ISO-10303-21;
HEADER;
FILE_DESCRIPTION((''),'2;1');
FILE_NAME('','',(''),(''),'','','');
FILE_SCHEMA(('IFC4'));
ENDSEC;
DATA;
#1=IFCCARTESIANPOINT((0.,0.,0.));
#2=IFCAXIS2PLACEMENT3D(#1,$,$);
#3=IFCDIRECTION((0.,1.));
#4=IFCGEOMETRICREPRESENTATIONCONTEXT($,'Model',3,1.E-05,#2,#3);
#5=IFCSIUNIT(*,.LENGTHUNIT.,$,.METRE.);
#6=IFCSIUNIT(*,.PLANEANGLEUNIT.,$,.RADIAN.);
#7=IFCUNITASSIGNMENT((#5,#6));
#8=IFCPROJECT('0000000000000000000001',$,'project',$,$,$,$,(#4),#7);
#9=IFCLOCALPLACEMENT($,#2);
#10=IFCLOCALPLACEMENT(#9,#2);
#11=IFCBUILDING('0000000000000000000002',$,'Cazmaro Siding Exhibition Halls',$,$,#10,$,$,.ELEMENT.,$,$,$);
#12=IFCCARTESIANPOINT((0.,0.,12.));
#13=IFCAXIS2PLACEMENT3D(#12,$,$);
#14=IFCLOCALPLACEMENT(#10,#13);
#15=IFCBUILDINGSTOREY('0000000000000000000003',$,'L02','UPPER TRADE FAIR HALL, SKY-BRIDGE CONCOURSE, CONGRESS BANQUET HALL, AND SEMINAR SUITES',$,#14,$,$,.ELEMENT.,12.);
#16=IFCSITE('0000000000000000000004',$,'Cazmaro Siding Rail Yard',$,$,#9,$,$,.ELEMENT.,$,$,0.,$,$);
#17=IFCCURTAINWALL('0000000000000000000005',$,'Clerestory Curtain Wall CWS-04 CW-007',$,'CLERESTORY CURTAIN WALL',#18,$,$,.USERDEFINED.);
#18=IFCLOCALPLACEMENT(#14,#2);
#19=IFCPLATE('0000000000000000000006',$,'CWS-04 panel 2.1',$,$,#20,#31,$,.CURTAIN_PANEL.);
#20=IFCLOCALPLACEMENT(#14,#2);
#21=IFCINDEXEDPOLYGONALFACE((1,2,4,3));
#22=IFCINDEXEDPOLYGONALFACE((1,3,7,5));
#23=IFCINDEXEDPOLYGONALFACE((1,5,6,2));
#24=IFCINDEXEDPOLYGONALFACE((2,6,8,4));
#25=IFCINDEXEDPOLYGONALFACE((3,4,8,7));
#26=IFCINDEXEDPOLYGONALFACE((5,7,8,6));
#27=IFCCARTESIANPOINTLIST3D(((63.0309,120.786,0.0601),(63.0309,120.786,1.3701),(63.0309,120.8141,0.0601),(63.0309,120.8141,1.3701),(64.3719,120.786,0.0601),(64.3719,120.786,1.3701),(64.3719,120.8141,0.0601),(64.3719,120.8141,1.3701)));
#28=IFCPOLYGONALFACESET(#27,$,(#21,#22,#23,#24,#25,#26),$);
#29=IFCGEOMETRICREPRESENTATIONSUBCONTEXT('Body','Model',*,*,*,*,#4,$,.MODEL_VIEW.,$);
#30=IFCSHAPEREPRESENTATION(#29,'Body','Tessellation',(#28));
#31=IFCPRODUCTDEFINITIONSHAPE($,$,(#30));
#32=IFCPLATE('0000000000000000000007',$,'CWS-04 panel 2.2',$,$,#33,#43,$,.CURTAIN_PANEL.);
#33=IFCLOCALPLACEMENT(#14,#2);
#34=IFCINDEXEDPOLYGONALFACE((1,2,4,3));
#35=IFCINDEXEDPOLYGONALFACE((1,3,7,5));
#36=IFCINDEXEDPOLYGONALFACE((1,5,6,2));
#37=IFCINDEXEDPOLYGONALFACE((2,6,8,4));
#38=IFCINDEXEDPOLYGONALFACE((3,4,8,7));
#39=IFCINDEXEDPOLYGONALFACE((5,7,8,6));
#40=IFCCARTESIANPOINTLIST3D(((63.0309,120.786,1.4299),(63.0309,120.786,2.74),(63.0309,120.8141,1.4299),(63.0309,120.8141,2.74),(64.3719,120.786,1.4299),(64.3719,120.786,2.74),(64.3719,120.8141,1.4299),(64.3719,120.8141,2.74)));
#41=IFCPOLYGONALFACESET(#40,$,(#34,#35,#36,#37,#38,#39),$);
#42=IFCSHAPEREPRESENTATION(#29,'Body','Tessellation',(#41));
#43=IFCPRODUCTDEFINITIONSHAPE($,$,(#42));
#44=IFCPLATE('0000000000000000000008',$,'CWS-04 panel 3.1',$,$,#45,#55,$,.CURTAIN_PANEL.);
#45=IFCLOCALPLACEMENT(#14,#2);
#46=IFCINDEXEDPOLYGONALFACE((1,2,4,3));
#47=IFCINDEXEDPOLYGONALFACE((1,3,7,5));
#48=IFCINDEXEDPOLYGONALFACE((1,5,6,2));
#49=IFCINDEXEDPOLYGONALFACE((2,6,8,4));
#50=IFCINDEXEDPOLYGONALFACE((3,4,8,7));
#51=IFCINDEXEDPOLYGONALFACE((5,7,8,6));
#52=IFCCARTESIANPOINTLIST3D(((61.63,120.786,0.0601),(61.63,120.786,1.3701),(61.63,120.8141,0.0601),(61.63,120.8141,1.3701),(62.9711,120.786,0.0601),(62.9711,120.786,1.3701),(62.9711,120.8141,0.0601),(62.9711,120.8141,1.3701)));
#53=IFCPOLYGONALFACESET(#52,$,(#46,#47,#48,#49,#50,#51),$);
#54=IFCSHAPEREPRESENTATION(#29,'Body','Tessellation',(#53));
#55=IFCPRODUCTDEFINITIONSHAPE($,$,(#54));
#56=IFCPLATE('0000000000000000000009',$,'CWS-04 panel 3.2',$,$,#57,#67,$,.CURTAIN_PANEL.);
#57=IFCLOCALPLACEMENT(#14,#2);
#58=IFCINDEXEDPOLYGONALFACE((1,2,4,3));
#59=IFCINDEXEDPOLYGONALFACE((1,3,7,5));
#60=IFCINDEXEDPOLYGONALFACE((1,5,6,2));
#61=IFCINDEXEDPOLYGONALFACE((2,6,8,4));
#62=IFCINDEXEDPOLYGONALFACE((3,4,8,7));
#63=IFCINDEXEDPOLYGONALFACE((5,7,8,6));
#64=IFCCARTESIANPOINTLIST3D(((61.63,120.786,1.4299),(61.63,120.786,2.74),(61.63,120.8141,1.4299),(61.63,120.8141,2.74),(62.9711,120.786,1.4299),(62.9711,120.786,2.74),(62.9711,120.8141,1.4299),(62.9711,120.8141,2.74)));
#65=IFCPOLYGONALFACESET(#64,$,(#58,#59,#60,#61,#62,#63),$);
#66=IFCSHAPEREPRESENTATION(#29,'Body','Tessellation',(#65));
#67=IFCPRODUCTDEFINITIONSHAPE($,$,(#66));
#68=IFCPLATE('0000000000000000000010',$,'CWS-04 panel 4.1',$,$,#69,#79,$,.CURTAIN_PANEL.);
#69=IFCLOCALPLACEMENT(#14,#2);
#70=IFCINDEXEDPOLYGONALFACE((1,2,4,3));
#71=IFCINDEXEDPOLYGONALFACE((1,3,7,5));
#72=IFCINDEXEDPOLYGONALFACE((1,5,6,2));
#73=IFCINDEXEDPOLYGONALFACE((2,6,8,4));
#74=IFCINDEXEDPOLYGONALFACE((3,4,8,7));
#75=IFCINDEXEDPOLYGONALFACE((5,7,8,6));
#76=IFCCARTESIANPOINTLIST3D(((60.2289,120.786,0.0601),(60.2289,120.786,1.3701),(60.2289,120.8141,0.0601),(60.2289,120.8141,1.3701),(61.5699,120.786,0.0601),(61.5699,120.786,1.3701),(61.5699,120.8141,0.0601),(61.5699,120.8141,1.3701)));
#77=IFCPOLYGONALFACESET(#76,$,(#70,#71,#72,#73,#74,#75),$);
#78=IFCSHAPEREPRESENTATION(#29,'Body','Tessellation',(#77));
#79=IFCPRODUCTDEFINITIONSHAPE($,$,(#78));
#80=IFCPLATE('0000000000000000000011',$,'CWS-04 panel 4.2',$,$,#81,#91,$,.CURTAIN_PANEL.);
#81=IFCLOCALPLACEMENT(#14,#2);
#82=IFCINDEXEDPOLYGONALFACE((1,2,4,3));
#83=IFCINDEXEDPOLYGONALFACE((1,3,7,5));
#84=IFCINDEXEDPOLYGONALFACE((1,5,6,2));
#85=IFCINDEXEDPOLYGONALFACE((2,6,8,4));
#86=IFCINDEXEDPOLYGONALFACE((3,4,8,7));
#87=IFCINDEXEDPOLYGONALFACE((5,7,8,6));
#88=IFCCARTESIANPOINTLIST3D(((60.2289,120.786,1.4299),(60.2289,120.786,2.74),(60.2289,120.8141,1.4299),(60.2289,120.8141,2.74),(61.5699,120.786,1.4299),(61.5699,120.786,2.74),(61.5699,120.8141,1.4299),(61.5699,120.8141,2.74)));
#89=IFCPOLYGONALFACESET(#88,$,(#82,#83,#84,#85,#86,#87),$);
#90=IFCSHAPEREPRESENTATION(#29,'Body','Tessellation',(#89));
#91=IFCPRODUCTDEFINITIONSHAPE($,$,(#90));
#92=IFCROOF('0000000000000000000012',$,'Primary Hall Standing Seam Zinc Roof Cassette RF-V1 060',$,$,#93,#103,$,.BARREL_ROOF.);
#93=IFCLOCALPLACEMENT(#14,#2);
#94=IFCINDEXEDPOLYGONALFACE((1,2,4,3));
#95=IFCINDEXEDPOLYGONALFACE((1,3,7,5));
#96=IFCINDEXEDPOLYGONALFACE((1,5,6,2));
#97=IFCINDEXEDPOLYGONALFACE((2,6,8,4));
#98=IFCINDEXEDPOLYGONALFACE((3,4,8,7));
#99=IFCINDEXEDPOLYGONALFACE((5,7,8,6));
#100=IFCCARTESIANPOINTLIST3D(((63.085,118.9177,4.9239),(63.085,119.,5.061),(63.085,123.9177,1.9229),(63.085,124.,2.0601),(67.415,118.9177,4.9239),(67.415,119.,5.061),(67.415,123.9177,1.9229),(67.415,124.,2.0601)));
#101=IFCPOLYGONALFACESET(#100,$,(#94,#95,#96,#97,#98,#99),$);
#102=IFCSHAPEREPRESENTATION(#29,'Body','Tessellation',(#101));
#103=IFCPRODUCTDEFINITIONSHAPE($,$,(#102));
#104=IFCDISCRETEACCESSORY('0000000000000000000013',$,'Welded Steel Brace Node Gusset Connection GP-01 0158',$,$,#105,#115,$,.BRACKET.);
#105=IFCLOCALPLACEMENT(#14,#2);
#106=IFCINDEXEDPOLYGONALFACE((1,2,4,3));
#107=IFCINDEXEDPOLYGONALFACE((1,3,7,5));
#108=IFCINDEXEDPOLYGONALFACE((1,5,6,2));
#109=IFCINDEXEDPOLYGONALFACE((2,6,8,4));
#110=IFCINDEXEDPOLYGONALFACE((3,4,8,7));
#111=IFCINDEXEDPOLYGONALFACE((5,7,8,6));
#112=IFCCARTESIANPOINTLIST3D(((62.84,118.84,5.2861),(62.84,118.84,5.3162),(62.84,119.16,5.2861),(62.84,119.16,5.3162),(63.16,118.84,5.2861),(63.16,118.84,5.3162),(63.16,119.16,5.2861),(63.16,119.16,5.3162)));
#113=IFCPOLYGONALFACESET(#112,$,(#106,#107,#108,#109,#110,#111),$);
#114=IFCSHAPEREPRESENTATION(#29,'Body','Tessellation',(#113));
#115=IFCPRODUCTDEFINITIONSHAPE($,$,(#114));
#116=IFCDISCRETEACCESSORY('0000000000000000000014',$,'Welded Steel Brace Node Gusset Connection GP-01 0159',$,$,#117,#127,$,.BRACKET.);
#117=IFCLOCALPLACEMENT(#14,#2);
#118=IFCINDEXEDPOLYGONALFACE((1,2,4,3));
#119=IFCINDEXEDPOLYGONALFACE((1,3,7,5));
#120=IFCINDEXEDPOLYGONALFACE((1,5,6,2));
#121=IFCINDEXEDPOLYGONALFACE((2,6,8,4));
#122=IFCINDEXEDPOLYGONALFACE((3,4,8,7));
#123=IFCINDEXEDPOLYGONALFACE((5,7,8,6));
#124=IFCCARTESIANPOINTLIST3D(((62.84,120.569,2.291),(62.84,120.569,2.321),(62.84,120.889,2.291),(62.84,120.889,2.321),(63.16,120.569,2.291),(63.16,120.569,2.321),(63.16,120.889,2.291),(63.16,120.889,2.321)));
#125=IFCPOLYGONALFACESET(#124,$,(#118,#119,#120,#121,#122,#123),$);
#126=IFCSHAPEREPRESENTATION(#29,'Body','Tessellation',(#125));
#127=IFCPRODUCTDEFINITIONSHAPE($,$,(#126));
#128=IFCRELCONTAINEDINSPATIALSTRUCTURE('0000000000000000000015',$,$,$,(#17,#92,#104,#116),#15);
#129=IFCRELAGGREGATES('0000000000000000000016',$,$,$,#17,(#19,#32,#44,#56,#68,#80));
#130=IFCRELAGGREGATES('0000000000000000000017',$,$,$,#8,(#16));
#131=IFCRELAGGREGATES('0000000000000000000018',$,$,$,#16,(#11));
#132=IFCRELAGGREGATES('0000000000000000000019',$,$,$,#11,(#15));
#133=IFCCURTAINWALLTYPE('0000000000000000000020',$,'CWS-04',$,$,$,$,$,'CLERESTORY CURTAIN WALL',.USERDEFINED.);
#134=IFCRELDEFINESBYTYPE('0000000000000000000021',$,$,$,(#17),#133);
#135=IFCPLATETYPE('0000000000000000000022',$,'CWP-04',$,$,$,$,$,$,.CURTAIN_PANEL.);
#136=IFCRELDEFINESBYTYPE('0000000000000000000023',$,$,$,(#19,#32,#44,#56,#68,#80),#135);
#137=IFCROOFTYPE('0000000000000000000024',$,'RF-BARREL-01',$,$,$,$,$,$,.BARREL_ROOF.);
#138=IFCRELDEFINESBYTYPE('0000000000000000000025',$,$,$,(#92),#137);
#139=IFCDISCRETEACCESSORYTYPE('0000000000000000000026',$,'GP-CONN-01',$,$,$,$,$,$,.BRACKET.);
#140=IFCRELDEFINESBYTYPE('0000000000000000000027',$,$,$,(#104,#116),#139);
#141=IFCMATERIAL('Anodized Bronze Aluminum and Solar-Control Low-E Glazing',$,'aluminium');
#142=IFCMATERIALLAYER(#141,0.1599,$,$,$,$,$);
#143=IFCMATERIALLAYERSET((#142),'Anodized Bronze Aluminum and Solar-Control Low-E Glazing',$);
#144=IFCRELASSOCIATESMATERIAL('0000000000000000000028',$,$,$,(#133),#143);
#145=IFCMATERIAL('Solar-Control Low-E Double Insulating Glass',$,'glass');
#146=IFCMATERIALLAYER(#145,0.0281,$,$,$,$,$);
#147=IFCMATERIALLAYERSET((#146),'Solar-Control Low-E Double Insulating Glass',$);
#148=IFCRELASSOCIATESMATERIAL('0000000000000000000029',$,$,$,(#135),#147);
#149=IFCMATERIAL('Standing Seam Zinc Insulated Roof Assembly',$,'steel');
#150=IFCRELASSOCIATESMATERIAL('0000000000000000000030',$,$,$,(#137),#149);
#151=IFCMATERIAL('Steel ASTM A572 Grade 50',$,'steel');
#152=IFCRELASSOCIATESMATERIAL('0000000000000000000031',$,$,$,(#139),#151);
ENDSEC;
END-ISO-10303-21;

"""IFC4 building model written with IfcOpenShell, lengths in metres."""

from ifc_helpers import new_model, si_unit, direction, frame, origin, origin_2d, place, context, subcontext, project, spatial, polyline, rectangle, outline, extrude, material, layer, layer_set, type_object, element, aggregate, save


model = new_model("IFC4")

# Units and contexts
model_context = context("Model", 3, precision=1e-05, world=origin(), true_north=direction((0.0, 1.0)))
body_context = subcontext(model_context, "Body", "Model", "MODEL_VIEW")
ifc_project = project(units=[si_unit("LENGTHUNIT", "METRE"), si_unit("PLANEANGLEUNIT", "RADIAN")], contexts=[model_context])

# Site, building, storey
site_placement = place(None, origin())
site = spatial("IfcSite", under=ifc_project, at=site_placement, Name="Cazmaro Siding Rail Yard", CompositionType="ELEMENT", RefElevation=0.0)
building_placement = place(site_placement, origin())
building = spatial("IfcBuilding", under=site, at=building_placement, Name="Cazmaro Siding Exhibition Halls", CompositionType="ELEMENT")
storey_placement = place(building_placement, frame((0.0, 0.0, 12.0)))
storey = spatial("IfcBuildingStorey", under=building, at=storey_placement, Name="L02", Description="UPPER TRADE FAIR HALL, SKY-BRIDGE CONCOURSE, CONGRESS BANQUET HALL, AND SEMINAR SUITES", CompositionType="ELEMENT", Elevation=12.0)

# Curtain wall
ifc_material_1 = material(Name="Anodized Bronze Aluminum and Solar-Control Low-E Glazing", Category="aluminium")
ifc_layer_1 = layer(ifc_material_1, 0.1599)
ifc_layer_set_1 = layer_set([ifc_layer_1], Name="Anodized Bronze Aluminum and Solar-Control Low-E Glazing")
curtain_wall_type = type_object("IfcCurtainWallType", Name="CWS-04", ElementType="CLERESTORY CURTAIN WALL", PredefinedType="USERDEFINED", material=ifc_layer_set_1)
curtain_wall_placement = place(storey_placement, origin())
curtain_wall = element("IfcCurtainWall", 1, at=curtain_wall_placement, inside=storey, type_object=curtain_wall_type, Name="Clerestory Curtain Wall CWS-04 CW-007", ObjectType="CLERESTORY CURTAIN WALL", PredefinedType="USERDEFINED")

# Plates
ifc_material_2 = material(Name="Solar-Control Low-E Double Insulating Glass", Category="glass")
ifc_layer_2 = layer(ifc_material_2, 0.0281)
ifc_layer_set_2 = layer_set([ifc_layer_2], Name="Solar-Control Low-E Double Insulating Glass")
plate_type_1 = type_object("IfcPlateType", Name="CWP-04", PredefinedType="CURTAIN_PANEL", material=ifc_layer_set_2)
plate_1_placement = place(storey_placement, frame((63.7014, 120.8, 0.0601), z_axis=(0.0, 0.0, 1.0), x_axis=(-1.0, 0.0, 0.0)))
plate_1 = element("IfcPlate", 2, at=plate_1_placement, type_object=plate_type_1, Name="CWS-04 panel 2.1", PredefinedType="CURTAIN_PANEL", context=body_context, shape_type="SweptSolid", body=[
    extrude(rectangle(XDim=1.3411, YDim=0.0281, at=origin_2d()), origin(), (0.0, 0.0, 1.0), 1.3101),
])
plate_2_placement = place(storey_placement, frame((63.7014, 120.8, 1.4299), z_axis=(0.0, 0.0, 1.0), x_axis=(-1.0, 0.0, 0.0)))
plate_2 = element("IfcPlate", 3, at=plate_2_placement, type_object=plate_type_1, Name="CWS-04 panel 2.2", PredefinedType="CURTAIN_PANEL", context=body_context, shape_type="SweptSolid", body=[
    extrude(rectangle(XDim=1.3411, YDim=0.0281, at=origin_2d()), origin(), (0.0, 0.0, 1.0), 1.3101),
])
plate_3_placement = place(storey_placement, frame((62.3005, 120.8, 0.0601), z_axis=(0.0, 0.0, 1.0), x_axis=(-1.0, 0.0, 0.0)))
plate_3 = element("IfcPlate", 4, at=plate_3_placement, type_object=plate_type_1, Name="CWS-04 panel 3.1", PredefinedType="CURTAIN_PANEL", context=body_context, shape_type="SweptSolid", body=[
    extrude(rectangle(XDim=1.3411, YDim=0.0281, at=origin_2d()), origin(), (0.0, 0.0, 1.0), 1.3101),
])
plate_4_placement = place(storey_placement, frame((62.3005, 120.8, 1.4299), z_axis=(0.0, 0.0, 1.0), x_axis=(-1.0, 0.0, 0.0)))
plate_4 = element("IfcPlate", 5, at=plate_4_placement, type_object=plate_type_1, Name="CWS-04 panel 3.2", PredefinedType="CURTAIN_PANEL", context=body_context, shape_type="SweptSolid", body=[
    extrude(rectangle(XDim=1.3411, YDim=0.0281, at=origin_2d()), origin(), (0.0, 0.0, 1.0), 1.3101),
])
plate_5_placement = place(storey_placement, frame((60.8994, 120.8, 0.0601), z_axis=(0.0, 0.0, 1.0), x_axis=(-1.0, 0.0, 0.0)))
plate_5 = element("IfcPlate", 6, at=plate_5_placement, type_object=plate_type_1, Name="CWS-04 panel 4.1", PredefinedType="CURTAIN_PANEL", context=body_context, shape_type="SweptSolid", body=[
    extrude(rectangle(XDim=1.3411, YDim=0.0281, at=origin_2d()), origin(), (0.0, 0.0, 1.0), 1.3101),
])
plate_6_placement = place(storey_placement, frame((60.8994, 120.8, 1.4299), z_axis=(0.0, 0.0, 1.0), x_axis=(-1.0, 0.0, 0.0)))
plate_6 = element("IfcPlate", 7, at=plate_6_placement, type_object=plate_type_1, Name="CWS-04 panel 4.2", PredefinedType="CURTAIN_PANEL", context=body_context, shape_type="SweptSolid", body=[
    extrude(rectangle(XDim=1.3411, YDim=0.0281, at=origin_2d()), origin(), (0.0, 0.0, 1.0), 1.3101),
])
aggregate(curtain_wall, [plate_1, plate_2, plate_3, plate_4, plate_5, plate_6])

# Roof
ifc_material_3 = material(Name="Standing Seam Zinc Insulated Roof Assembly", Category="steel")
roof_type = type_object("IfcRoofType", Name="RF-BARREL-01", PredefinedType="BARREL_ROOF", material=ifc_material_3)
roof_placement = place(storey_placement, frame((63.085, 119.0, 5.061), z_axis=(0.0, 0.514619, 0.857419), x_axis=(1.0, 0.0, 0.0)))
element("IfcRoof", 8, at=roof_placement, inside=storey, type_object=roof_type, Name="Primary Hall Standing Seam Zinc Roof Cassette RF-V1 060", PredefinedType="BARREL_ROOF", context=body_context, shape_type="SweptSolid", body=[
    extrude(outline(polyline([(0.0, 0.0), (4.3301, 0.0), (4.3301, 5.8315), (0.0, 5.8315), (0.0, 0.0)])), origin(), (0.0, 0.0, -1.0), 0.1599),
])

# Discrete accessories
ifc_material_4 = material(Name="Steel ASTM A572 Grade 50", Category="steel")
discrete_accessory_type = type_object("IfcDiscreteAccessoryType", Name="GP-CONN-01", PredefinedType="BRACKET", material=ifc_material_4)
for number, where, z_axis, x_axis, name in (
    (9, (63.0, 119.0, 5.2861), (0.0, 0.0, 1.0), (1.0, 0.0, 0.0), "Welded Steel Brace Node Gusset Connection GP-01 0158"),
    (10, (63.0, 120.729, 2.291), (0.0, 0.0, 1.0), (1.0, 0.0, 0.0), "Welded Steel Brace Node Gusset Connection GP-01 0159"),
):
    element("IfcDiscreteAccessory", number, at=place(storey_placement, frame(where, z_axis=z_axis, x_axis=x_axis)), inside=storey, type_object=discrete_accessory_type, Name=name, PredefinedType="BRACKET", context=body_context, shape_type="SweptSolid", body=[
        extrude(rectangle(XDim=0.3201, YDim=0.3201, at=origin_2d()), origin(), (0.0, 0.0, 1.0), 0.03),
    ])

save(model, "model.ifc")
